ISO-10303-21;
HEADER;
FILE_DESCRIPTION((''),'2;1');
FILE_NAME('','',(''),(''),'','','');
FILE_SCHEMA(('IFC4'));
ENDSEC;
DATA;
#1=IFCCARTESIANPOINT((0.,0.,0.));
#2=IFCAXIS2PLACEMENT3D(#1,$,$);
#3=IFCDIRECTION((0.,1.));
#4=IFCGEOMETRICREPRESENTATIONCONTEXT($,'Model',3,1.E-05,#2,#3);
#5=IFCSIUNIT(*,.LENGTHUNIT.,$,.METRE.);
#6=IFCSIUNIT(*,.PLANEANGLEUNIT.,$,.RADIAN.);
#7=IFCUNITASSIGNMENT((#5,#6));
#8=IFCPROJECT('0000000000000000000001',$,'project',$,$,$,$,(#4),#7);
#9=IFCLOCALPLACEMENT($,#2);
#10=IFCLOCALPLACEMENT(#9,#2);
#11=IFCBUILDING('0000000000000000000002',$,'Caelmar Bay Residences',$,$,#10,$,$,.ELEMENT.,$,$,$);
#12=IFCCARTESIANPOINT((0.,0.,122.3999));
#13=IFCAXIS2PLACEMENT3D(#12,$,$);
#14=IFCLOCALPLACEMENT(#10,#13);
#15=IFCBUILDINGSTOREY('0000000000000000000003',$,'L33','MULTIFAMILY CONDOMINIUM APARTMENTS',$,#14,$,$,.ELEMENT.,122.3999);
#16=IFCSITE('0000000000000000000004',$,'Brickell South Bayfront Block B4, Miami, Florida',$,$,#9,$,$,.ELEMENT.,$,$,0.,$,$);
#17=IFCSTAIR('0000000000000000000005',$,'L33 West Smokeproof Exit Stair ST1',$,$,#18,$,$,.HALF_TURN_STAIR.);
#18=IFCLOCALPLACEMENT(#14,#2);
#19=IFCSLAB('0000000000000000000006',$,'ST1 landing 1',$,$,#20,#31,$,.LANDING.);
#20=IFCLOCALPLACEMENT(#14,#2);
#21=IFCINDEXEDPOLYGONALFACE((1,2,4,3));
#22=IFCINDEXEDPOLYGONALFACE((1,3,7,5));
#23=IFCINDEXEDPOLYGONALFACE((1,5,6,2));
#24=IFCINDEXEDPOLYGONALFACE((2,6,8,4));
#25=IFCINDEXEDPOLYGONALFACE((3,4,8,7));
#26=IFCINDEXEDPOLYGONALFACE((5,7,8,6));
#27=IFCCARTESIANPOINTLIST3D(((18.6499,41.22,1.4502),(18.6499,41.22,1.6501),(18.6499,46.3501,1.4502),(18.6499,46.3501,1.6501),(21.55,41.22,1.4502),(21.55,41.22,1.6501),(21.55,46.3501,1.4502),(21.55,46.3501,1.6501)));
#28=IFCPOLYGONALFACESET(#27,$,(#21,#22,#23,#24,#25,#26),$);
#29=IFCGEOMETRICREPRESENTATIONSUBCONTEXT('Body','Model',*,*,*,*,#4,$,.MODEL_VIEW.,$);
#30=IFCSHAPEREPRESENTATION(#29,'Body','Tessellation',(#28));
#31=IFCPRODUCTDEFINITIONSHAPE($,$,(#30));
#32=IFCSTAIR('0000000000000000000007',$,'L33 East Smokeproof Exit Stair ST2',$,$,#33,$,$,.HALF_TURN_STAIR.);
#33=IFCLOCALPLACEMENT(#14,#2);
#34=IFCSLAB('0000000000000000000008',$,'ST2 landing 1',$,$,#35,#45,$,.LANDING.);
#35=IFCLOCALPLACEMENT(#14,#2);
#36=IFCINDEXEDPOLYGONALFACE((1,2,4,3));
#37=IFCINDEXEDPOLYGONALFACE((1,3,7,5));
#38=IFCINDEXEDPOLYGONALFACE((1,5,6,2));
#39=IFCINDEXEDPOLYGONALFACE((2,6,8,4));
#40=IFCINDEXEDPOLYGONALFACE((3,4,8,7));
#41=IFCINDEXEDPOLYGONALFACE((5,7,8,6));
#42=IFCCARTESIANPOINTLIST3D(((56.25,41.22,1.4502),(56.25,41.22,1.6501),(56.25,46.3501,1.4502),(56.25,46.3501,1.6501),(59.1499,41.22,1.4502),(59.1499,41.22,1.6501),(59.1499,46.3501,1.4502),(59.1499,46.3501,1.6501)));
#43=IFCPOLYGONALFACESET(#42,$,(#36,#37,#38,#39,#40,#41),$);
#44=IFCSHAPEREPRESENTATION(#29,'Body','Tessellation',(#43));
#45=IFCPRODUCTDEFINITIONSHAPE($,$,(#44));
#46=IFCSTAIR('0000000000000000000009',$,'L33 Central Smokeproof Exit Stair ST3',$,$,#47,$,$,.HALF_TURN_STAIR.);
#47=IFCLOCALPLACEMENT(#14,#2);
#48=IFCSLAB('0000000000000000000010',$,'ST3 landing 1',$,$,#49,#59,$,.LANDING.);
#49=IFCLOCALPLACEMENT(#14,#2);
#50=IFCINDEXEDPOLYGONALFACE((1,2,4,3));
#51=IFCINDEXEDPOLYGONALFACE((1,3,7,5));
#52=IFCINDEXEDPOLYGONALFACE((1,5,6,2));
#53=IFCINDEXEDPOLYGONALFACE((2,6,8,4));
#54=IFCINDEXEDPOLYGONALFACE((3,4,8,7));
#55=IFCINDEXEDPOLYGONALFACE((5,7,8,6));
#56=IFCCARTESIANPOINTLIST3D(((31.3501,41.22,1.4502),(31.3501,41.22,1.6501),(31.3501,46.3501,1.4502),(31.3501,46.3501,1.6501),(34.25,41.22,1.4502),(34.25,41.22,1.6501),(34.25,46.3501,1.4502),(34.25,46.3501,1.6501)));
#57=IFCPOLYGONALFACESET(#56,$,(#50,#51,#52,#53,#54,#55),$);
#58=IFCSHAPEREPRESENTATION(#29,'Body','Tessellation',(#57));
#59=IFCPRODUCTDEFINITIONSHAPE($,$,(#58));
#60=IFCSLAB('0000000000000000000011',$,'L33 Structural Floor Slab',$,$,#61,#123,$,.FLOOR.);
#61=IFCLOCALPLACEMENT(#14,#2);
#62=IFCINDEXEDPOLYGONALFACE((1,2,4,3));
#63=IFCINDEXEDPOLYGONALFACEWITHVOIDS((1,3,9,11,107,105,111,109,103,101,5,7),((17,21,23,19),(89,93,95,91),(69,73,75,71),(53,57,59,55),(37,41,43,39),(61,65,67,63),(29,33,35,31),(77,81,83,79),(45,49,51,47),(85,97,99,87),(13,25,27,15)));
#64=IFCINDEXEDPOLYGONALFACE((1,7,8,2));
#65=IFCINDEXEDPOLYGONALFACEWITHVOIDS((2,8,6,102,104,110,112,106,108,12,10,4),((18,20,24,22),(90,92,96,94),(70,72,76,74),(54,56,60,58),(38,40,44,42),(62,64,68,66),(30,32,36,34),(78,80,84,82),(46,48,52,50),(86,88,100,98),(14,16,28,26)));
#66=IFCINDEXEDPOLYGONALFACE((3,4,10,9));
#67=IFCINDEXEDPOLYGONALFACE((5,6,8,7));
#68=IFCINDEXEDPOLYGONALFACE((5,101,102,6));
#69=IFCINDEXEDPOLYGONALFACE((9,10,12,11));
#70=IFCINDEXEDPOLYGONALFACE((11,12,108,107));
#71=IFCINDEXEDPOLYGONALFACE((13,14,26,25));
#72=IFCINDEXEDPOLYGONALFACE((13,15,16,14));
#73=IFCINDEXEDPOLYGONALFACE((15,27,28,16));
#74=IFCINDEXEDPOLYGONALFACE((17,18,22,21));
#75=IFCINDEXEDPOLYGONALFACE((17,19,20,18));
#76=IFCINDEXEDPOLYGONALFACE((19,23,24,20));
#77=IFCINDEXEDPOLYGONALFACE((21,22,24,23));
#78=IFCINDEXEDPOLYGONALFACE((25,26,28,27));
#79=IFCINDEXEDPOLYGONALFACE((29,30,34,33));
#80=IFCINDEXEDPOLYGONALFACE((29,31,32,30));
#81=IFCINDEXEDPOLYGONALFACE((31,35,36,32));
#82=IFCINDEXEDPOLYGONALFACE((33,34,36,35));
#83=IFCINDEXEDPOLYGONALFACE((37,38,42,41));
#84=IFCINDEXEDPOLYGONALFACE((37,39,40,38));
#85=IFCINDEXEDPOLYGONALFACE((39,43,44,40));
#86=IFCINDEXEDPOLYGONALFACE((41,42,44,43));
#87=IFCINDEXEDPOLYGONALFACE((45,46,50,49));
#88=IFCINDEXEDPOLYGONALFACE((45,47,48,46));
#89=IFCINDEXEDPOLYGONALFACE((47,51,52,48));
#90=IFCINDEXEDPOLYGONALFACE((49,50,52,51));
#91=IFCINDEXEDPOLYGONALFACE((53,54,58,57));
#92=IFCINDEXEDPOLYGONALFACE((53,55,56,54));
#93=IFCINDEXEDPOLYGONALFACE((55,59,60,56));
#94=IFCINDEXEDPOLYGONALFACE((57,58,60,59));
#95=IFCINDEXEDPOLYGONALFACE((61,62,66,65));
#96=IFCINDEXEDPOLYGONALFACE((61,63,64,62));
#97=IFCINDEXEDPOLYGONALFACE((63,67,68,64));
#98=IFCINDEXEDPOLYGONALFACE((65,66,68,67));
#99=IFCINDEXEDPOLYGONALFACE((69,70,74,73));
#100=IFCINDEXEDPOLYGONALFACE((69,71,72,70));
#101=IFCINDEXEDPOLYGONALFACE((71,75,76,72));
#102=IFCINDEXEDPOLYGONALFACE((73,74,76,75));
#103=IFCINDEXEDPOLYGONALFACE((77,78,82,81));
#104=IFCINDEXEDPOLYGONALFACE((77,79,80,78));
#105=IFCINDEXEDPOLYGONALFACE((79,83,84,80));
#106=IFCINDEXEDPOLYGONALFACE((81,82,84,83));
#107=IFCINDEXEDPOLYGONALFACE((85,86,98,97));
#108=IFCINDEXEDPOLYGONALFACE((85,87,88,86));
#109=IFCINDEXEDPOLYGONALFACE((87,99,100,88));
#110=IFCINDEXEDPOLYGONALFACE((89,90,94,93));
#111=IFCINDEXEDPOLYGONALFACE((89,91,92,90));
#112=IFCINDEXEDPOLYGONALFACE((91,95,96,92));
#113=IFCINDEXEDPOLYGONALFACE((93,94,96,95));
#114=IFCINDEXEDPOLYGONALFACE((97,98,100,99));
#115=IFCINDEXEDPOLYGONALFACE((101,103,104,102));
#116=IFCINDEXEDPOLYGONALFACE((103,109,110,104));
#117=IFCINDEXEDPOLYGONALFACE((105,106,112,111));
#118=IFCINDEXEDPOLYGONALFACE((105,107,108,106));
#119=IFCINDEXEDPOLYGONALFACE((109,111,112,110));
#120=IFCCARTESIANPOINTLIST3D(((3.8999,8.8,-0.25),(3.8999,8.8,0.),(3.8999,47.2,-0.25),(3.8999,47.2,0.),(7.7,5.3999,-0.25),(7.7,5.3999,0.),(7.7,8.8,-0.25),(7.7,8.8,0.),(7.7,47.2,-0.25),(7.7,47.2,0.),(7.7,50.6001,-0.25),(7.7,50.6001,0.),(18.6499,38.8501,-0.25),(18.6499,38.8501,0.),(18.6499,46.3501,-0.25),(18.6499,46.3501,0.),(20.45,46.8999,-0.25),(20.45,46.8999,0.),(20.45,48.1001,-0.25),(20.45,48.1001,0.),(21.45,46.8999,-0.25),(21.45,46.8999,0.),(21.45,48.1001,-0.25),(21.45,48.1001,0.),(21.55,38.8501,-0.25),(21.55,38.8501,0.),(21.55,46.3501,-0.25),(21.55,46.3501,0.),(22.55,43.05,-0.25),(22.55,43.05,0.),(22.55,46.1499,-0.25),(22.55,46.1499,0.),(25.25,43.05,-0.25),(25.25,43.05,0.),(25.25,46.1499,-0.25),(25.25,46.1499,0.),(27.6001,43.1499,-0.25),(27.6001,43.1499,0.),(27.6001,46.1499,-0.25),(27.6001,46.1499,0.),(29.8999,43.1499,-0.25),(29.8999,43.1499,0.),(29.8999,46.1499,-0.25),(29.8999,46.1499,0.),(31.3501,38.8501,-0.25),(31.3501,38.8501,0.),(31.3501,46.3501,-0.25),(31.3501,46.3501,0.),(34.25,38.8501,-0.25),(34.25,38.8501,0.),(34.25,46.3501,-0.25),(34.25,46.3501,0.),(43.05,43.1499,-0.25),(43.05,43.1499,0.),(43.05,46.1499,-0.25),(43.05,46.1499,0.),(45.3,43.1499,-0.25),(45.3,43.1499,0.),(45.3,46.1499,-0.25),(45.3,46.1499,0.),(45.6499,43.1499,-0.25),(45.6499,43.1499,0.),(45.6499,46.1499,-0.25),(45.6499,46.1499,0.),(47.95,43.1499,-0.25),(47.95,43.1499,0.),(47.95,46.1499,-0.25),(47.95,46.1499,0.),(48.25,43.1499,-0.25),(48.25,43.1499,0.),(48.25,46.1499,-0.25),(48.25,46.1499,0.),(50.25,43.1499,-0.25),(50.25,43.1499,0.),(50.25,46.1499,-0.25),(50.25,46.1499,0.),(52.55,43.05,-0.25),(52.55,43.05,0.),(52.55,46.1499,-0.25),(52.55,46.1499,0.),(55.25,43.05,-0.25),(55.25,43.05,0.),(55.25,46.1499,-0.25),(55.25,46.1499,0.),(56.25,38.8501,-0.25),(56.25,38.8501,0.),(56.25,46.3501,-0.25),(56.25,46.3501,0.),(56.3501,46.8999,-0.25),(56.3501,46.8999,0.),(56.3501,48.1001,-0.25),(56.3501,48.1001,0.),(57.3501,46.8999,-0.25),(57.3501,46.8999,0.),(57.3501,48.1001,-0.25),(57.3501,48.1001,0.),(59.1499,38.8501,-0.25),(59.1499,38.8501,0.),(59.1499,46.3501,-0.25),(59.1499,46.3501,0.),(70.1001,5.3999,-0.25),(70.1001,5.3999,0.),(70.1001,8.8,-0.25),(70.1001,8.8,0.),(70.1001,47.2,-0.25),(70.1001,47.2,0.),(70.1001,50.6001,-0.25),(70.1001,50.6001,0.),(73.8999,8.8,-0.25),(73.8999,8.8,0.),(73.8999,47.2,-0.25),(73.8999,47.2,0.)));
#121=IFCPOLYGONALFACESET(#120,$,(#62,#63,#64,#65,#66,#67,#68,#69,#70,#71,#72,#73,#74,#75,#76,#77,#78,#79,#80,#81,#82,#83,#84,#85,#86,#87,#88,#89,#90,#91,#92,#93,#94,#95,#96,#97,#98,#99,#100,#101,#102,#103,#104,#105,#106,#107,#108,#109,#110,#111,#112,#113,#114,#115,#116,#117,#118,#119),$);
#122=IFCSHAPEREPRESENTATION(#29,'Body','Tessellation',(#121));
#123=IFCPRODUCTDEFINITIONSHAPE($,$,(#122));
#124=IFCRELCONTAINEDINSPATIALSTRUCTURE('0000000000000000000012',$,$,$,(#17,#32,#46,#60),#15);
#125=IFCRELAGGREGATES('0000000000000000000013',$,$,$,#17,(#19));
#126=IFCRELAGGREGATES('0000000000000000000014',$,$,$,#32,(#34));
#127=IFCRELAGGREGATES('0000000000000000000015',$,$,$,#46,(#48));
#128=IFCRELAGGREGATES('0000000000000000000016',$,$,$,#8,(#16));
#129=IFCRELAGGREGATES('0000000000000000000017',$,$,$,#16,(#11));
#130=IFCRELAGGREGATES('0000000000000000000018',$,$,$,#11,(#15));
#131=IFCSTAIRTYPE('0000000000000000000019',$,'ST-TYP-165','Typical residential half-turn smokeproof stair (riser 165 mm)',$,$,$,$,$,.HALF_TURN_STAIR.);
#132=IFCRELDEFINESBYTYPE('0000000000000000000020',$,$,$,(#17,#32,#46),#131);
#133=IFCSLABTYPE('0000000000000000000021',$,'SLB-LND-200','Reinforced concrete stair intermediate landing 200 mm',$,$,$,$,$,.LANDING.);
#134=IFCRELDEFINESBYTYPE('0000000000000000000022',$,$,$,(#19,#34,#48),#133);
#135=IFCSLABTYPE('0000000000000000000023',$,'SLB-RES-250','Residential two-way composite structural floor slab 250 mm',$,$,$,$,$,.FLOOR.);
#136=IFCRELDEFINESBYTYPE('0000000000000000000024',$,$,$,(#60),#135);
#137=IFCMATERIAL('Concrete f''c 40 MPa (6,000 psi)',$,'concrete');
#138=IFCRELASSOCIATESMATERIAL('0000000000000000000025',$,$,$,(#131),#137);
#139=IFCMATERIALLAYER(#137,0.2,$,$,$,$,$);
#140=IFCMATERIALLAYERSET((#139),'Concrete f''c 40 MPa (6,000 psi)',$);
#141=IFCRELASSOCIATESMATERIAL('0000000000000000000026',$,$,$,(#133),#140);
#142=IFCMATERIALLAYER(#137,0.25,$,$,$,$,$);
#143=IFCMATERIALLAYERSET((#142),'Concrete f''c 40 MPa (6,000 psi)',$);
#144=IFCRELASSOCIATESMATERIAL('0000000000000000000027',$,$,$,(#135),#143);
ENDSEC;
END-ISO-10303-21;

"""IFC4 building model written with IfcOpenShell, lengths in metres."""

from ifc_helpers import new_model, si_unit, direction, frame, origin, place, context, subcontext, project, spatial, polyline, outline, extrude, material, layer, layer_set, type_object, element, aggregate, save


model = new_model("IFC4")

# Units and contexts
model_context = context("Model", 3, precision=1e-05, world=origin(), true_north=direction((0.0, 1.0)))
body_context = subcontext(model_context, "Body", "Model", "MODEL_VIEW")
ifc_project = project(units=[si_unit("LENGTHUNIT", "METRE"), si_unit("PLANEANGLEUNIT", "RADIAN")], contexts=[model_context])

# Site, building, storey
site_placement = place(None, origin())
site = spatial("IfcSite", under=ifc_project, at=site_placement, Name="Brickell South Bayfront Block B4, Miami, Florida", CompositionType="ELEMENT", RefElevation=0.0)
building_placement = place(site_placement, origin())
building = spatial("IfcBuilding", under=site, at=building_placement, Name="Caelmar Bay Residences", CompositionType="ELEMENT")
storey_placement = place(building_placement, frame((0.0, 0.0, 122.3999)))
storey = spatial("IfcBuildingStorey", under=building, at=storey_placement, Name="L33", Description="MULTIFAMILY CONDOMINIUM APARTMENTS", CompositionType="ELEMENT", Elevation=122.3999)

# Shared definitions
ifc_material_1 = material(Name="Concrete f'c 40 MPa (6,000 psi)", Category="concrete")

# Stairs, slabs
stair_type = type_object("IfcStairType", Name="ST-TYP-165", Description="Typical residential half-turn smokeproof stair (riser 165 mm)", PredefinedType="HALF_TURN_STAIR", material=ifc_material_1)
stair_1_placement = place(storey_placement, origin())
stair_1 = element("IfcStair", 1, at=stair_1_placement, inside=storey, type_object=stair_type, Name="L33 West Smokeproof Exit Stair ST1", PredefinedType="HALF_TURN_STAIR")
ifc_layer_1 = layer(ifc_material_1, 0.2)
ifc_layer_set_1 = layer_set([ifc_layer_1], Name="Concrete f'c 40 MPa (6,000 psi)")
slab_type_1 = type_object("IfcSlabType", Name="SLB-LND-200", Description="Reinforced concrete stair intermediate landing 200 mm", PredefinedType="LANDING", material=ifc_layer_set_1)
slab_1_placement = place(storey_placement, frame((0.0, 0.0, 1.4502)))
slab_1 = element("IfcSlab", 2, at=slab_1_placement, type_object=slab_type_1, Name="ST1 landing 1", PredefinedType="LANDING", context=body_context, shape_type="SweptSolid", body=[
    extrude(outline(polyline([(21.55, 41.22), (21.55, 46.3501), (18.6499, 46.3501), (18.6499, 41.22), (21.55, 41.22)])), origin(), (0.0, 0.0, 1.0), 0.2),
])
aggregate(stair_1, [slab_1])
stair_2_placement = place(storey_placement, origin())
stair_2 = element("IfcStair", 3, at=stair_2_placement, inside=storey, type_object=stair_type, Name="L33 East Smokeproof Exit Stair ST2", PredefinedType="HALF_TURN_STAIR")
slab_2_placement = place(storey_placement, frame((0.0, 0.0, 1.4502)))
slab_2 = element("IfcSlab", 4, at=slab_2_placement, type_object=slab_type_1, Name="ST2 landing 1", PredefinedType="LANDING", context=body_context, shape_type="SweptSolid", body=[
    extrude(outline(polyline([(59.1499, 41.22), (59.1499, 46.3501), (56.25, 46.3501), (56.25, 41.22), (59.1499, 41.22)])), origin(), (0.0, 0.0, 1.0), 0.2),
])
aggregate(stair_2, [slab_2])
stair_3_placement = place(storey_placement, origin())
stair_3 = element("IfcStair", 5, at=stair_3_placement, inside=storey, type_object=stair_type, Name="L33 Central Smokeproof Exit Stair ST3", PredefinedType="HALF_TURN_STAIR")
slab_3_placement = place(storey_placement, frame((0.0, 0.0, 1.4502)))
slab_3 = element("IfcSlab", 6, at=slab_3_placement, type_object=slab_type_1, Name="ST3 landing 1", PredefinedType="LANDING", context=body_context, shape_type="SweptSolid", body=[
    extrude(outline(polyline([(34.25, 41.22), (34.25, 46.3501), (31.3501, 46.3501), (31.3501, 41.22), (34.25, 41.22)])), origin(), (0.0, 0.0, 1.0), 0.2),
])
aggregate(stair_3, [slab_3])

# Slab
ifc_layer_2 = layer(ifc_material_1, 0.25)
ifc_layer_set_2 = layer_set([ifc_layer_2], Name="Concrete f'c 40 MPa (6,000 psi)")
slab_type_2 = type_object("IfcSlabType", Name="SLB-RES-250", Description="Residential two-way composite structural floor slab 250 mm", PredefinedType="FLOOR", material=ifc_layer_set_2)
slab_4_placement = place(storey_placement, frame((0.0, 0.0, -0.25)))
element("IfcSlab", 7, at=slab_4_placement, inside=storey, type_object=slab_type_2, Name="L33 Structural Floor Slab", PredefinedType="FLOOR", context=body_context, shape_type="SweptSolid", body=[
    extrude(outline(polyline([(7.7, 5.3999), (70.1001, 5.3999), (70.1001, 8.8), (73.8999, 8.8), (73.8999, 47.2), (70.1001, 47.2), (70.1001, 50.6001), (7.7, 50.6001), (7.7, 47.2), (3.8999, 47.2), (3.8999, 8.8), (7.7, 8.8), (7.7, 5.3999)]), holes=[polyline([(18.6499, 38.8501), (21.55, 38.8501), (21.55, 46.3501), (18.6499, 46.3501), (18.6499, 38.8501)]), polyline([(56.25, 38.8501), (59.1499, 38.8501), (59.1499, 46.3501), (56.25, 46.3501), (56.25, 38.8501)]), polyline([(31.3501, 38.8501), (34.25, 38.8501), (34.25, 46.3501), (31.3501, 46.3501), (31.3501, 38.8501)]), polyline([(22.55, 43.05), (25.25, 43.05), (25.25, 46.1499), (22.55, 46.1499), (22.55, 43.05)]), polyline([(52.55, 43.05), (55.25, 43.05), (55.25, 46.1499), (52.55, 46.1499), (52.55, 43.05)]), polyline([(43.05, 43.1499), (45.3, 43.1499), (45.3, 46.1499), (43.05, 46.1499), (43.05, 43.1499)]), polyline([(45.6499, 43.1499), (47.95, 43.1499), (47.95, 46.1499), (45.6499, 46.1499), (45.6499, 43.1499)]), polyline([(48.25, 43.1499), (50.25, 43.1499), (50.25, 46.1499), (48.25, 46.1499), (48.25, 43.1499)]), polyline([(27.6001, 43.1499), (29.8999, 43.1499), (29.8999, 46.1499), (27.6001, 46.1499), (27.6001, 43.1499)]), polyline([(20.45, 46.8999), (21.45, 46.8999), (21.45, 48.1001), (20.45, 48.1001), (20.45, 46.8999)]), polyline([(56.3501, 46.8999), (57.3501, 46.8999), (57.3501, 48.1001), (56.3501, 48.1001), (56.3501, 46.8999)])]), origin(), (0.0, 0.0, 1.0), 0.25),
])

save(model, "model.ifc")
